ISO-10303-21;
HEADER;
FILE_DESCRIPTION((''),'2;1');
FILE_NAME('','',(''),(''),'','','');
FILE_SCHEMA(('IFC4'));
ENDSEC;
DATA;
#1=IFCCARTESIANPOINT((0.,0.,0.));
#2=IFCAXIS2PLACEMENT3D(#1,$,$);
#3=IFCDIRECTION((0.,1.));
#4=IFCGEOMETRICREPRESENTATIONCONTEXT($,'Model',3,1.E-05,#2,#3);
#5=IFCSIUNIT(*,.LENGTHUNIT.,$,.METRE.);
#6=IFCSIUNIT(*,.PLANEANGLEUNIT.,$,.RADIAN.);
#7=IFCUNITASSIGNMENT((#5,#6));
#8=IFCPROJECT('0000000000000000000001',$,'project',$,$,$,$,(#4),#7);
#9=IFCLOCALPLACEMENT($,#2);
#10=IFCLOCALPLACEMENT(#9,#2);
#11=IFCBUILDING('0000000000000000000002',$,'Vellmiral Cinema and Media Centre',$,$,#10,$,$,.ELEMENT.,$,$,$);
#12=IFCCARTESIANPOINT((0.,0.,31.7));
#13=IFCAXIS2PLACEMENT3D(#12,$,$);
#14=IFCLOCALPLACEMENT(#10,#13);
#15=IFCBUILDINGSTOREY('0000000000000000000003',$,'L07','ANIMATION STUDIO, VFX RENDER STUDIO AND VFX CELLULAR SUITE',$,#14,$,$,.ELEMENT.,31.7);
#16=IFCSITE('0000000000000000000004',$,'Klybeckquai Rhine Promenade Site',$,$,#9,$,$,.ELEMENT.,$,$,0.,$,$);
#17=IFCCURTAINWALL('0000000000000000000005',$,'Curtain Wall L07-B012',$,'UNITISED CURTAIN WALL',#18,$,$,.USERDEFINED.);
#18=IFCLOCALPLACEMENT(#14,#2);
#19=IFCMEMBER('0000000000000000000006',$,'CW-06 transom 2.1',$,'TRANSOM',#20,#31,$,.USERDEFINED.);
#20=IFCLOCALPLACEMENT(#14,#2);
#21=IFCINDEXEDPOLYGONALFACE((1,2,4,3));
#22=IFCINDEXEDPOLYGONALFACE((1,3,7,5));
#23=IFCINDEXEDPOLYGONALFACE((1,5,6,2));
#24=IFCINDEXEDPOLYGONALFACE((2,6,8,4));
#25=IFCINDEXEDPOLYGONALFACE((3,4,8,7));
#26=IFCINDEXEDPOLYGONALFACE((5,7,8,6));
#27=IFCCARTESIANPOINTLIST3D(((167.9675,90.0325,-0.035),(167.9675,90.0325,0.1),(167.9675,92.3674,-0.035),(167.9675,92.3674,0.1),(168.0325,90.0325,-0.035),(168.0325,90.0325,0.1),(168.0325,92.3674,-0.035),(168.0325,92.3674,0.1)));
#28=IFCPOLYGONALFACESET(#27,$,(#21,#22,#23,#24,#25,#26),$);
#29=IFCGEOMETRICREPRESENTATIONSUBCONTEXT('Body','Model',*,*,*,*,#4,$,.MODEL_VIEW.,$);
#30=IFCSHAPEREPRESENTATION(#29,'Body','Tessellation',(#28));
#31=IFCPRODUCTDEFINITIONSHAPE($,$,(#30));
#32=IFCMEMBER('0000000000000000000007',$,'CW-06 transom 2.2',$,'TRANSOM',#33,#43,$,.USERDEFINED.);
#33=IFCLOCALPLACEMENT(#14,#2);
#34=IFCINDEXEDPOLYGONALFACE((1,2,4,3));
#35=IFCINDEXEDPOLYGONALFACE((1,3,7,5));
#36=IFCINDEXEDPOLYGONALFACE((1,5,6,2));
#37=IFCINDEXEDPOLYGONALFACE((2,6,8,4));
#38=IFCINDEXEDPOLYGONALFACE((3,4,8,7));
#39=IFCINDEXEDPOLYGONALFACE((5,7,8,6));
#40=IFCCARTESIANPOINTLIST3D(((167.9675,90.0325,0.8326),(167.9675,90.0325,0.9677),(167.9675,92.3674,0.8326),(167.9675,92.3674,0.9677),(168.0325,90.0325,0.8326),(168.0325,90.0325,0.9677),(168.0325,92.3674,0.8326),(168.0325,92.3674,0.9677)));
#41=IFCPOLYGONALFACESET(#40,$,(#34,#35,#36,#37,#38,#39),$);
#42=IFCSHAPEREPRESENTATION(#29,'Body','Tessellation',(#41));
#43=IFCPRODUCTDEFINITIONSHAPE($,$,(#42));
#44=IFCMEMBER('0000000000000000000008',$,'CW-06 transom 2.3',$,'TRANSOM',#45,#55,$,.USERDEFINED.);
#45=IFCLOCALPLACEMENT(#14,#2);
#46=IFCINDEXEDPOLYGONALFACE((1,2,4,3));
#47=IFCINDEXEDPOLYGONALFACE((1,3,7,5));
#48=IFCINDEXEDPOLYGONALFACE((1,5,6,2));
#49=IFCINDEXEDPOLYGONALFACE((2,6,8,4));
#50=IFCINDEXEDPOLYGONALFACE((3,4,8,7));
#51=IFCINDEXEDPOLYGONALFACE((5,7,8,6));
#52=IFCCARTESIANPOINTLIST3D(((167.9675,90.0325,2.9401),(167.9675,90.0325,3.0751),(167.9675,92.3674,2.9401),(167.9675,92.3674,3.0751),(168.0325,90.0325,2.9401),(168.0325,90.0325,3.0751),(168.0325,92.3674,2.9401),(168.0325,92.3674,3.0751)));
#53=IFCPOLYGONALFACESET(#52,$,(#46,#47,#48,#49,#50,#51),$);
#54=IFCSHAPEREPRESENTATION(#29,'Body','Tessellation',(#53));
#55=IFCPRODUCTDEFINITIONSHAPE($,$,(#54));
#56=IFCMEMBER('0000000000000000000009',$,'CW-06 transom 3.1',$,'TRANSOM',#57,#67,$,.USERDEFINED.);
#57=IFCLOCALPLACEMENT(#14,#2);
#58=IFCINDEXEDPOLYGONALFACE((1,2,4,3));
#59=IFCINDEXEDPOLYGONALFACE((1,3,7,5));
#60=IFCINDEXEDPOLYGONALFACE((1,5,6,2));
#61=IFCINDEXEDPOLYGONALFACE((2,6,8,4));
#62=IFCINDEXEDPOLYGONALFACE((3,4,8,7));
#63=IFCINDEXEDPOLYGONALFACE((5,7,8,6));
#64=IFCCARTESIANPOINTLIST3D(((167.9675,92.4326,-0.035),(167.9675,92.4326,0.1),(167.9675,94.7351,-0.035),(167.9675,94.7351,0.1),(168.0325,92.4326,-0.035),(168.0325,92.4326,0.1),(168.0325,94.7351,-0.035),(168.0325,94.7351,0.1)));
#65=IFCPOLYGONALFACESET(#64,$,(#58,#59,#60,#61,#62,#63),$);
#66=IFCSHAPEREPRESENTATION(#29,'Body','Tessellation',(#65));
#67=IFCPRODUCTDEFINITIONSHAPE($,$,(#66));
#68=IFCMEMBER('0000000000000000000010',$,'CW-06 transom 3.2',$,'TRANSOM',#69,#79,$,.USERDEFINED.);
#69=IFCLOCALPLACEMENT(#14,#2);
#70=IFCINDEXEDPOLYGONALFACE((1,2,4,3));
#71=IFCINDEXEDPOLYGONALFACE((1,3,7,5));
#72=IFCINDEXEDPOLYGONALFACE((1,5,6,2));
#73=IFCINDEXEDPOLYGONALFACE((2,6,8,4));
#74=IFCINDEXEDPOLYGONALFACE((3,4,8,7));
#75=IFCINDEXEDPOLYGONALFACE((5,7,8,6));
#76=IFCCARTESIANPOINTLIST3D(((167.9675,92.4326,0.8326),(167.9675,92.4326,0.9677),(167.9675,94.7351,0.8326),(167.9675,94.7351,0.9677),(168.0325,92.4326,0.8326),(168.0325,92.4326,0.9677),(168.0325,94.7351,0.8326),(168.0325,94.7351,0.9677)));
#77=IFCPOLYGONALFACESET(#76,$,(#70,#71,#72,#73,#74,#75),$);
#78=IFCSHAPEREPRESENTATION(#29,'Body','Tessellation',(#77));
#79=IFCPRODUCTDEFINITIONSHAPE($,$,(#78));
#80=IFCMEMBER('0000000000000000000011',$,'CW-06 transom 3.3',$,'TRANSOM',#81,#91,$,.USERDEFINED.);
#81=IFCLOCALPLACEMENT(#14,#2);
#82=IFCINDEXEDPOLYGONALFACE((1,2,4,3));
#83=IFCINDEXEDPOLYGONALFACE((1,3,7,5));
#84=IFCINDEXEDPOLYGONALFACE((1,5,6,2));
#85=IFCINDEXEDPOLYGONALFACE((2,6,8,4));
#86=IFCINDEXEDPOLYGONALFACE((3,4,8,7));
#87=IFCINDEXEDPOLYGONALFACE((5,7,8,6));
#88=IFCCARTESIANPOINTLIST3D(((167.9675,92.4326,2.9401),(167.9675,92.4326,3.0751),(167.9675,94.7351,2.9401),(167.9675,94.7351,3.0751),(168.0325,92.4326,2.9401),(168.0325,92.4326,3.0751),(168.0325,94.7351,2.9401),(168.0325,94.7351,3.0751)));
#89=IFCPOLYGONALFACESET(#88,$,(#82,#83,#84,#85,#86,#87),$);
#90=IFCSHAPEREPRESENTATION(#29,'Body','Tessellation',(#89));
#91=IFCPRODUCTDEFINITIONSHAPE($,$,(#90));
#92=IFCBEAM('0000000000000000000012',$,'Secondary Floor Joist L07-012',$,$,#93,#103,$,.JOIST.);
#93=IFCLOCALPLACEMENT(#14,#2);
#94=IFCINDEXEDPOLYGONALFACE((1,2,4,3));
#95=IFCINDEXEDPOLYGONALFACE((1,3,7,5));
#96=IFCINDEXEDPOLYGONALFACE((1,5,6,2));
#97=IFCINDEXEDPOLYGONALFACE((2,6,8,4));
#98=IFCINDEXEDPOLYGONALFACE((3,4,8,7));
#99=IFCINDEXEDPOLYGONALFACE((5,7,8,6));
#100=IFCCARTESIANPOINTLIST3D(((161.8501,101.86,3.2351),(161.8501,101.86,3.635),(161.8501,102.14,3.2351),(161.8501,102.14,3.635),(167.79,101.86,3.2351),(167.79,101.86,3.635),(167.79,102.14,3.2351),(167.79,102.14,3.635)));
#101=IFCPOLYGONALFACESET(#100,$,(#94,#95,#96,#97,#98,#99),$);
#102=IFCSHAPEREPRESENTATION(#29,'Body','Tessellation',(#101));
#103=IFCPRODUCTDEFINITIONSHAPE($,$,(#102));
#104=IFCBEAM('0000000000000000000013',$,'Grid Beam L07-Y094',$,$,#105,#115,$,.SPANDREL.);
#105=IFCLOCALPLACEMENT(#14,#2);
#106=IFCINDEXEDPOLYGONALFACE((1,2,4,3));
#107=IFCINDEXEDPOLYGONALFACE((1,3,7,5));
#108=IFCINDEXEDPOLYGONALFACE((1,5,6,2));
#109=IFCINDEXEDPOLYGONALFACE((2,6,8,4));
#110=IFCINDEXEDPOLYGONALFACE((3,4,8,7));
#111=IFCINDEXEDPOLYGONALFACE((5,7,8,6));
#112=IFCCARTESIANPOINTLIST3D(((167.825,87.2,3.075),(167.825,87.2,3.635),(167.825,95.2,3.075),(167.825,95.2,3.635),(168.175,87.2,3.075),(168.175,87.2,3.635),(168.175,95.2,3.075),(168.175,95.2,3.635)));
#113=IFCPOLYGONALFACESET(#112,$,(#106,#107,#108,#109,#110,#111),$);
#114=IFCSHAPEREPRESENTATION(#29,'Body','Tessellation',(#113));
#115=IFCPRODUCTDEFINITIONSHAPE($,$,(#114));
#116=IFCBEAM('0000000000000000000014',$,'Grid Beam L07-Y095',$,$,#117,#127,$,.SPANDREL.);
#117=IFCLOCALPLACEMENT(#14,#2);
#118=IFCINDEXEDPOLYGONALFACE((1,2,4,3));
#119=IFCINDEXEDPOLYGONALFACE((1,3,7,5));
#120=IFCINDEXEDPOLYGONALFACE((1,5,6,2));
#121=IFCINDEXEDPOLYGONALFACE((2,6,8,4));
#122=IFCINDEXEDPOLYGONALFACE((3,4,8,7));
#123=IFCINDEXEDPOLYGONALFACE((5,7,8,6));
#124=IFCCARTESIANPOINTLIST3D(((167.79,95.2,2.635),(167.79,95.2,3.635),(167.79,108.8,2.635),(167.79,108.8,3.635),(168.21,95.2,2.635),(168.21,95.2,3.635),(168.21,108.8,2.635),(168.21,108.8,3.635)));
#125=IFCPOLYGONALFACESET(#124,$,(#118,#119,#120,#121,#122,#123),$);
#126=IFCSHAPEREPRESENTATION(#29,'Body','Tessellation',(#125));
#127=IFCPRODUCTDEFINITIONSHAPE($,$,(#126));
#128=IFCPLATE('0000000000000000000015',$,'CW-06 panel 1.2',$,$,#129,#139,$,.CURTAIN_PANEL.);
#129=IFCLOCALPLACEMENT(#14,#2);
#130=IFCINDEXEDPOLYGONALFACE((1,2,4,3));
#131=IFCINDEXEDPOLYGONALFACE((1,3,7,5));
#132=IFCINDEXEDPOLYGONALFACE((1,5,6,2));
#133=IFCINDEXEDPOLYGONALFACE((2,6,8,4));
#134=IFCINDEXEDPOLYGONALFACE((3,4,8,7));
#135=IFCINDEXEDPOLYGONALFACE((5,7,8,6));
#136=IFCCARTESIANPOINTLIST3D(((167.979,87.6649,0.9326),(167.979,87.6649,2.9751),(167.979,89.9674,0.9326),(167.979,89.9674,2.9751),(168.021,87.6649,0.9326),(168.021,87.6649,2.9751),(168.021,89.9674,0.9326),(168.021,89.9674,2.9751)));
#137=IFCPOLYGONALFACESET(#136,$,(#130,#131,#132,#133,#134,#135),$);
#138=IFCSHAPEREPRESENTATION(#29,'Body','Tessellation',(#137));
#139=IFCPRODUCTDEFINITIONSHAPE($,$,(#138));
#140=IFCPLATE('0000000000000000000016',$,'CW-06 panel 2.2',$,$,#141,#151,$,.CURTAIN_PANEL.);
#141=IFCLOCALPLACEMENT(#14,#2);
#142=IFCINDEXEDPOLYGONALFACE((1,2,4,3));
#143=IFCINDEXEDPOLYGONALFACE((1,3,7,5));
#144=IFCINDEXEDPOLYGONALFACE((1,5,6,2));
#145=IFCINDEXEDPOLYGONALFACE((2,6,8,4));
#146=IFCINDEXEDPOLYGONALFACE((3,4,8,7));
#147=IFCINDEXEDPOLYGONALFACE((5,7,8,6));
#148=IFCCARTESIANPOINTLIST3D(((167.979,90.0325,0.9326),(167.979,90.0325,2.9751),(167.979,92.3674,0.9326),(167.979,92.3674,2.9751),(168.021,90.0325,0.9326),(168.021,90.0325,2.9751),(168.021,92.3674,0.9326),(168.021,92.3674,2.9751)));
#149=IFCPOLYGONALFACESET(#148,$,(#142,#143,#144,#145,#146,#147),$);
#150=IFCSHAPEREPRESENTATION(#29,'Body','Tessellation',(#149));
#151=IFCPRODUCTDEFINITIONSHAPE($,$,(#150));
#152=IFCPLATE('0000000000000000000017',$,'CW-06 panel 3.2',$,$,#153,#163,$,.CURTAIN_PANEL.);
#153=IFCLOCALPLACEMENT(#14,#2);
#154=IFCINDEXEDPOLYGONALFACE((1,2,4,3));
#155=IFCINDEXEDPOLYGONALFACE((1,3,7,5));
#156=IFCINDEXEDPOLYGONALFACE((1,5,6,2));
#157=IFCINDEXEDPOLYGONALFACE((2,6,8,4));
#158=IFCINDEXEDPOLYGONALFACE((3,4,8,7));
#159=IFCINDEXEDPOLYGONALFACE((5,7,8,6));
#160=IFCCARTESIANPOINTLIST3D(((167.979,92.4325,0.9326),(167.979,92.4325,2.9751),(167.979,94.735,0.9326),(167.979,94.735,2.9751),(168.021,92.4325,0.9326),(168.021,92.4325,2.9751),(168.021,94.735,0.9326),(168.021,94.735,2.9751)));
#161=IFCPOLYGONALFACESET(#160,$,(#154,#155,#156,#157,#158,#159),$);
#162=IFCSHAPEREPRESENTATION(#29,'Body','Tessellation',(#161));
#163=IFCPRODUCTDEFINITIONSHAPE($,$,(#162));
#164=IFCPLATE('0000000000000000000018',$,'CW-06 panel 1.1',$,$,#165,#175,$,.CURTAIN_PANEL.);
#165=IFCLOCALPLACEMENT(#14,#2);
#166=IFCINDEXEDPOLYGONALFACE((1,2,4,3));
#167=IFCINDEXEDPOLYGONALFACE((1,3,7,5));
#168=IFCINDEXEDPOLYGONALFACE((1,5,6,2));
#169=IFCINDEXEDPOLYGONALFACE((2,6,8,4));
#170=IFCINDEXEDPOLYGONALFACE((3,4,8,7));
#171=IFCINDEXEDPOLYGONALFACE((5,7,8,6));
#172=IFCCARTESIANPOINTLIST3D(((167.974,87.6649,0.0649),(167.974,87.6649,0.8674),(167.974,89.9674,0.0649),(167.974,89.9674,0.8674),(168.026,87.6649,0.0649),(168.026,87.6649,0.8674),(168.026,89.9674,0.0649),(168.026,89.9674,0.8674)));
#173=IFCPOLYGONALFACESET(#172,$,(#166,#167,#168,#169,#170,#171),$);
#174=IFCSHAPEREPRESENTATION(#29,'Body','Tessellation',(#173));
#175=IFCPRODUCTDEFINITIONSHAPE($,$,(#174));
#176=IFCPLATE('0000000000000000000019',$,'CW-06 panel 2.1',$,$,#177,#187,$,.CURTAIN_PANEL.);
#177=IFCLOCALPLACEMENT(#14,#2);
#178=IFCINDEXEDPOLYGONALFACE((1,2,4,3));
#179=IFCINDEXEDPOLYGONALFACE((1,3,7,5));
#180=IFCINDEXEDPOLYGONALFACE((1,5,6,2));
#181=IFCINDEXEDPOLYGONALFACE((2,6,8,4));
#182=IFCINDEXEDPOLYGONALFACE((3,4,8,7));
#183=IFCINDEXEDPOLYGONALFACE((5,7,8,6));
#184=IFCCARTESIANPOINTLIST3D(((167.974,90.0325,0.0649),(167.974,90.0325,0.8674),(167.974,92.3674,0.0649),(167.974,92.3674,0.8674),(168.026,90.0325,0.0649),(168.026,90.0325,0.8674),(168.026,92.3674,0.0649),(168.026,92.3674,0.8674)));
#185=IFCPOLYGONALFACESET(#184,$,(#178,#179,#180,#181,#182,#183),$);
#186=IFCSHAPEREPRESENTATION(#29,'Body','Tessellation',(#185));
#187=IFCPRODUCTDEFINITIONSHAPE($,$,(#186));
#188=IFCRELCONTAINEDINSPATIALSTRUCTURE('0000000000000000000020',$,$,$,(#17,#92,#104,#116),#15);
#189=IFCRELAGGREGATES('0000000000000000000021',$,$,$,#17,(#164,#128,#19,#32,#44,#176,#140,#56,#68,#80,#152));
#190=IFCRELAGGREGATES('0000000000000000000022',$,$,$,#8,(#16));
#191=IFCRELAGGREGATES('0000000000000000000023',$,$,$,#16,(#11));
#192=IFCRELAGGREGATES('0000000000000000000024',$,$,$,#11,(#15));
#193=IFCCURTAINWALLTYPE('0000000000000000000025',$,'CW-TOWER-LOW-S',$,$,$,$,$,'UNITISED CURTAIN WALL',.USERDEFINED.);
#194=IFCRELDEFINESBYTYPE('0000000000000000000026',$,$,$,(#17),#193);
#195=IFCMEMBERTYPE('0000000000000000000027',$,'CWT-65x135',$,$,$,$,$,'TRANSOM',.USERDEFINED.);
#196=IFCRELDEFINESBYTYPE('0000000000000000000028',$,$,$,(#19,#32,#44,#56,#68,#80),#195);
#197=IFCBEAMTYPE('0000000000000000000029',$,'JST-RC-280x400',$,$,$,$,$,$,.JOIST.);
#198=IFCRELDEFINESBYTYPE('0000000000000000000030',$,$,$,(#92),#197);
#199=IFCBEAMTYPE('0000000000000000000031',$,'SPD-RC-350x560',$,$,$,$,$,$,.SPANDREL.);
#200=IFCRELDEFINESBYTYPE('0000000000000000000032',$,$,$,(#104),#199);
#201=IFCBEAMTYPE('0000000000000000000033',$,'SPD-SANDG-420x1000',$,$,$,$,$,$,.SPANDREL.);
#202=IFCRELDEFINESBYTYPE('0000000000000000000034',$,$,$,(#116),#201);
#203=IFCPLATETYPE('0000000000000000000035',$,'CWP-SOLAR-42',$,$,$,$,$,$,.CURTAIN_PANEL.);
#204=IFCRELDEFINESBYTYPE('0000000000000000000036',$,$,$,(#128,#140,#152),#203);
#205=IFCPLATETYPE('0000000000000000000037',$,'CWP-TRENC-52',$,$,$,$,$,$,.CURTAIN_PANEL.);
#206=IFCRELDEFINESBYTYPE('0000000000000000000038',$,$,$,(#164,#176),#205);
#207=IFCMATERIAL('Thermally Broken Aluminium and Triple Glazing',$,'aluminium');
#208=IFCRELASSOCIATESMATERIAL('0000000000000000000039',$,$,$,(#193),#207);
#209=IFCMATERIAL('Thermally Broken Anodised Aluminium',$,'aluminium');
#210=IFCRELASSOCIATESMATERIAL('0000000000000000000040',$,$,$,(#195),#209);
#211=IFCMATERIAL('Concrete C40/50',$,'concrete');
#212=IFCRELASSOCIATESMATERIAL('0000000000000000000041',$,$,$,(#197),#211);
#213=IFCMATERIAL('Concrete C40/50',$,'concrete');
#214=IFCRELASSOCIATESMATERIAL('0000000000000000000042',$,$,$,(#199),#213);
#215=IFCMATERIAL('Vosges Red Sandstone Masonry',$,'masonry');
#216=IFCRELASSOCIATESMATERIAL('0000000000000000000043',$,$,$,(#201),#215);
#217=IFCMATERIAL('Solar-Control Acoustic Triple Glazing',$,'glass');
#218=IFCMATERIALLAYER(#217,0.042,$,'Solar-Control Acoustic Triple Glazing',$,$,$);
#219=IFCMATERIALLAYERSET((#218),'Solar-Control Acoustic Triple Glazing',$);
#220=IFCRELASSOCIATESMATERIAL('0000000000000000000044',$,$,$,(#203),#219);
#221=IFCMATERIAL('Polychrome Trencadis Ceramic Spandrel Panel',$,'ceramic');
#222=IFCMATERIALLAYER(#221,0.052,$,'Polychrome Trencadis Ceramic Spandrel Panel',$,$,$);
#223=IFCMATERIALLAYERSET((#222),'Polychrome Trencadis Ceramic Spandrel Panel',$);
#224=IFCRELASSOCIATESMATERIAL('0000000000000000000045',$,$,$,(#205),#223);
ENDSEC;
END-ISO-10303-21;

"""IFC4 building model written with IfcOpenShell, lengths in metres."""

from ifc_helpers import new_model, si_unit, direction, frame, origin, origin_2d, place, context, subcontext, project, spatial, rectangle, extrude, material, layer, layer_set, material_profile, profile_set, type_object, element, aggregate, save


model = new_model("IFC4")

# Units and contexts
model_context = context("Model", 3, precision=1e-05, world=origin(), true_north=direction((0.0, 1.0)))
body_context = subcontext(model_context, "Body", "Model", "MODEL_VIEW")
ifc_project = project(units=[si_unit("LENGTHUNIT", "METRE"), si_unit("PLANEANGLEUNIT", "RADIAN")], contexts=[model_context])

# Site, building, storey
site_placement = place(None, origin())
site = spatial("IfcSite", under=ifc_project, at=site_placement, Name="Klybeckquai Rhine Promenade Site", CompositionType="ELEMENT", RefElevation=0.0)
building_placement = place(site_placement, origin())
building = spatial("IfcBuilding", under=site, at=building_placement, Name="Vellmiral Cinema and Media Centre", CompositionType="ELEMENT")
storey_placement = place(building_placement, frame((0.0, 0.0, 31.7)))
storey = spatial("IfcBuildingStorey", under=building, at=storey_placement, Name="L07", Description="ANIMATION STUDIO, VFX RENDER STUDIO AND VFX CELLULAR SUITE", CompositionType="ELEMENT", Elevation=31.7)

# Curtain wall, members
ifc_material_1 = material(Name="Thermally Broken Aluminium and Triple Glazing", Category="aluminium")
curtain_wall_type = type_object("IfcCurtainWallType", Name="CW-TOWER-LOW-S", ElementType="UNITISED CURTAIN WALL", PredefinedType="USERDEFINED", material=ifc_material_1)
curtain_wall_placement = place(storey_placement, origin())
curtain_wall = element("IfcCurtainWall", 1, at=curtain_wall_placement, inside=storey, type_object=curtain_wall_type, Name="Curtain Wall L07-B012", ObjectType="UNITISED CURTAIN WALL", PredefinedType="USERDEFINED")
ifc_material_2 = material(Name="Thermally Broken Anodised Aluminium", Category="aluminium")
ifc_material_profile_1 = material_profile(ifc_material_2, rectangle(XDim=0.0649, YDim=0.135, at=origin_2d()), Name="MULL 65x135")
ifc_profile_set_1 = profile_set([ifc_material_profile_1], Name="Thermally Broken Anodised Aluminium")
member_type_1 = type_object("IfcMemberType", Name="CWT-65x135", ElementType="TRANSOM", PredefinedType="USERDEFINED", material=ifc_profile_set_1)
member_1_placement = place(storey_placement, frame((168.0, 90.0325, 0.0325), z_axis=(0.0, 1.0, 0.0), x_axis=(-1.0, 0.0, 0.0)))
member_1 = element("IfcMember", 2, at=member_1_placement, type_object=member_type_1, Name="CW-06 transom 2.1", ObjectType="TRANSOM", PredefinedType="USERDEFINED", context=body_context, shape_type="SweptSolid", body=[
    extrude(rectangle(XDim=0.0649, YDim=0.135, at=origin_2d()), origin(), (0.0, 0.0, 1.0), 2.335),
])
member_2_placement = place(storey_placement, frame((168.0, 90.0325, 0.9001), z_axis=(0.0, 1.0, 0.0), x_axis=(-1.0, 0.0, 0.0)))
member_2 = element("IfcMember", 3, at=member_2_placement, type_object=member_type_1, Name="CW-06 transom 2.2", ObjectType="TRANSOM", PredefinedType="USERDEFINED", context=body_context, shape_type="SweptSolid", body=[
    extrude(rectangle(XDim=0.0649, YDim=0.135, at=origin_2d()), origin(), (0.0, 0.0, 1.0), 2.335),
])
member_3_placement = place(storey_placement, frame((168.0, 90.0325, 3.0076), z_axis=(0.0, 1.0, 0.0), x_axis=(-1.0, 0.0, 0.0)))
member_3 = element("IfcMember", 4, at=member_3_placement, type_object=member_type_1, Name="CW-06 transom 2.3", ObjectType="TRANSOM", PredefinedType="USERDEFINED", context=body_context, shape_type="SweptSolid", body=[
    extrude(rectangle(XDim=0.0649, YDim=0.135, at=origin_2d()), origin(), (0.0, 0.0, 1.0), 2.335),
])
member_4_placement = place(storey_placement, frame((168.0, 92.4326, 0.0325), z_axis=(0.0, 1.0, 0.0), x_axis=(-1.0, 0.0, 0.0)))
member_4 = element("IfcMember", 5, at=member_4_placement, type_object=member_type_1, Name="CW-06 transom 3.1", ObjectType="TRANSOM", PredefinedType="USERDEFINED", context=body_context, shape_type="SweptSolid", body=[
    extrude(rectangle(XDim=0.0649, YDim=0.135, at=origin_2d()), origin(), (0.0, 0.0, 1.0), 2.3025),
])
member_5_placement = place(storey_placement, frame((168.0, 92.4326, 0.9001), z_axis=(0.0, 1.0, 0.0), x_axis=(-1.0, 0.0, 0.0)))
member_5 = element("IfcMember", 6, at=member_5_placement, type_object=member_type_1, Name="CW-06 transom 3.2", ObjectType="TRANSOM", PredefinedType="USERDEFINED", context=body_context, shape_type="SweptSolid", body=[
    extrude(rectangle(XDim=0.0649, YDim=0.135, at=origin_2d()), origin(), (0.0, 0.0, 1.0), 2.3025),
])
member_6_placement = place(storey_placement, frame((168.0, 92.4326, 3.0076), z_axis=(0.0, 1.0, 0.0), x_axis=(-1.0, 0.0, 0.0)))
member_6 = element("IfcMember", 7, at=member_6_placement, type_object=member_type_1, Name="CW-06 transom 3.3", ObjectType="TRANSOM", PredefinedType="USERDEFINED", context=body_context, shape_type="SweptSolid", body=[
    extrude(rectangle(XDim=0.0649, YDim=0.135, at=origin_2d()), origin(), (0.0, 0.0, 1.0), 2.3025),
])

# Beams
ifc_material_3 = material(Name="Concrete C40/50", Category="concrete")
ifc_material_profile_2 = material_profile(ifc_material_3, rectangle(XDim=0.28, YDim=0.3999, at=origin_2d()), Name="RC 280x400")
ifc_profile_set_2 = profile_set([ifc_material_profile_2], Name="Concrete C40/50")
beam_type_1 = type_object("IfcBeamType", Name="JST-RC-280x400", PredefinedType="JOIST", material=ifc_profile_set_2)
beam_1_placement = place(storey_placement, frame((161.8501, 102.0, 3.4351), z_axis=(1.0, 0.0, 0.0), x_axis=(0.0, 1.0, 0.0)))
element("IfcBeam", 8, at=beam_1_placement, inside=storey, type_object=beam_type_1, Name="Secondary Floor Joist L07-012", PredefinedType="JOIST", context=body_context, shape_type="SweptSolid", body=[
    extrude(rectangle(XDim=0.28, YDim=0.3999, at=origin_2d()), origin(), (0.0, 0.0, 1.0), 5.9399),
])
ifc_material_4 = material(Name="Concrete C40/50", Category="concrete")
ifc_material_profile_3 = material_profile(ifc_material_4, rectangle(XDim=0.3501, YDim=0.5601, at=origin_2d()), Name="RC 350x560")
ifc_profile_set_3 = profile_set([ifc_material_profile_3], Name="Concrete C40/50")
beam_type_2 = type_object("IfcBeamType", Name="SPD-RC-350x560", PredefinedType="SPANDREL", material=ifc_profile_set_3)
beam_2_placement = place(storey_placement, frame((168.0, 87.2, 3.355), z_axis=(0.0, 1.0, 0.0), x_axis=(-1.0, 0.0, 0.0)))
element("IfcBeam", 9, at=beam_2_placement, inside=storey, type_object=beam_type_2, Name="Grid Beam L07-Y094", PredefinedType="SPANDREL", context=body_context, shape_type="SweptSolid", body=[
    extrude(rectangle(XDim=0.3501, YDim=0.5601, at=origin_2d()), origin(), (0.0, 0.0, 1.0), 8.0),
])
ifc_material_5 = material(Name="Vosges Red Sandstone Masonry", Category="masonry")
ifc_material_profile_4 = material_profile(ifc_material_5, rectangle(XDim=0.4199, YDim=1.0, at=origin_2d()), Name="SAND 420x1000")
ifc_profile_set_4 = profile_set([ifc_material_profile_4], Name="Vosges Red Sandstone Masonry")
beam_type_3 = type_object("IfcBeamType", Name="SPD-SANDG-420x1000", PredefinedType="SPANDREL", material=ifc_profile_set_4)
beam_3_placement = place(storey_placement, frame((168.0, 95.2, 3.135), z_axis=(0.0, 1.0, 0.0), x_axis=(-1.0, 0.0, 0.0)))
element("IfcBeam", 10, at=beam_3_placement, inside=storey, type_object=beam_type_3, Name="Grid Beam L07-Y095", PredefinedType="SPANDREL", context=body_context, shape_type="SweptSolid", body=[
    extrude(rectangle(XDim=0.4199, YDim=1.0, at=origin_2d()), origin(), (0.0, 0.0, 1.0), 13.6001),
])

# Plates
ifc_material_6 = material(Name="Solar-Control Acoustic Triple Glazing", Category="glass")
ifc_layer_1 = layer(ifc_material_6, 0.042, Name="Solar-Control Acoustic Triple Glazing")
ifc_layer_set_1 = layer_set([ifc_layer_1], Name="Solar-Control Acoustic Triple Glazing")
plate_type_1 = type_object("IfcPlateType", Name="CWP-SOLAR-42", PredefinedType="CURTAIN_PANEL", material=ifc_layer_set_1)
plate_1_placement = place(storey_placement, frame((168.0, 88.8162, 0.9326), z_axis=(0.0, 0.0, 1.0), x_axis=(0.0, 1.0, 0.0)))
plate_1 = element("IfcPlate", 11, at=plate_1_placement, type_object=plate_type_1, Name="CW-06 panel 1.2", PredefinedType="CURTAIN_PANEL", context=body_context, shape_type="SweptSolid", body=[
    extrude(rectangle(XDim=2.3025, YDim=0.042, at=origin_2d()), origin(), (0.0, 0.0, 1.0), 2.0425),
])
plate_2_placement = place(storey_placement, frame((168.0, 91.2, 0.9326), z_axis=(0.0, 0.0, 1.0), x_axis=(0.0, 1.0, 0.0)))
plate_2 = element("IfcPlate", 12, at=plate_2_placement, type_object=plate_type_1, Name="CW-06 panel 2.2", PredefinedType="CURTAIN_PANEL", context=body_context, shape_type="SweptSolid", body=[
    extrude(rectangle(XDim=2.335, YDim=0.042, at=origin_2d()), origin(), (0.0, 0.0, 1.0), 2.0425),
])
plate_3_placement = place(storey_placement, frame((168.0, 93.5837, 0.9326), z_axis=(0.0, 0.0, 1.0), x_axis=(0.0, 1.0, 0.0)))
plate_3 = element("IfcPlate", 13, at=plate_3_placement, type_object=plate_type_1, Name="CW-06 panel 3.2", PredefinedType="CURTAIN_PANEL", context=body_context, shape_type="SweptSolid", body=[
    extrude(rectangle(XDim=2.3025, YDim=0.042, at=origin_2d()), origin(), (0.0, 0.0, 1.0), 2.0425),
])
ifc_material_7 = material(Name="Polychrome Trencadis Ceramic Spandrel Panel", Category="ceramic")
ifc_layer_2 = layer(ifc_material_7, 0.052, Name="Polychrome Trencadis Ceramic Spandrel Panel")
ifc_layer_set_2 = layer_set([ifc_layer_2], Name="Polychrome Trencadis Ceramic Spandrel Panel")
plate_type_2 = type_object("IfcPlateType", Name="CWP-TRENC-52", PredefinedType="CURTAIN_PANEL", material=ifc_layer_set_2)
plate_4_placement = place(storey_placement, frame((168.0, 88.8162, 0.0649), z_axis=(0.0, 0.0, 1.0), x_axis=(0.0, 1.0, 0.0)))
plate_4 = element("IfcPlate", 14, at=plate_4_placement, type_object=plate_type_2, Name="CW-06 panel 1.1", PredefinedType="CURTAIN_PANEL", context=body_context, shape_type="SweptSolid", body=[
    extrude(rectangle(XDim=2.3025, YDim=0.052, at=origin_2d()), origin(), (0.0, 0.0, 1.0), 0.8025),
])
plate_5_placement = place(storey_placement, frame((168.0, 91.2, 0.0649), z_axis=(0.0, 0.0, 1.0), x_axis=(0.0, 1.0, 0.0)))
plate_5 = element("IfcPlate", 15, at=plate_5_placement, type_object=plate_type_2, Name="CW-06 panel 2.1", PredefinedType="CURTAIN_PANEL", context=body_context, shape_type="SweptSolid", body=[
    extrude(rectangle(XDim=2.335, YDim=0.052, at=origin_2d()), origin(), (0.0, 0.0, 1.0), 0.8025),
])
aggregate(curtain_wall, [plate_4, plate_1, member_1, member_2, member_3, plate_5, plate_2, member_4, member_5, member_6, plate_3])

save(model, "model.ifc")
